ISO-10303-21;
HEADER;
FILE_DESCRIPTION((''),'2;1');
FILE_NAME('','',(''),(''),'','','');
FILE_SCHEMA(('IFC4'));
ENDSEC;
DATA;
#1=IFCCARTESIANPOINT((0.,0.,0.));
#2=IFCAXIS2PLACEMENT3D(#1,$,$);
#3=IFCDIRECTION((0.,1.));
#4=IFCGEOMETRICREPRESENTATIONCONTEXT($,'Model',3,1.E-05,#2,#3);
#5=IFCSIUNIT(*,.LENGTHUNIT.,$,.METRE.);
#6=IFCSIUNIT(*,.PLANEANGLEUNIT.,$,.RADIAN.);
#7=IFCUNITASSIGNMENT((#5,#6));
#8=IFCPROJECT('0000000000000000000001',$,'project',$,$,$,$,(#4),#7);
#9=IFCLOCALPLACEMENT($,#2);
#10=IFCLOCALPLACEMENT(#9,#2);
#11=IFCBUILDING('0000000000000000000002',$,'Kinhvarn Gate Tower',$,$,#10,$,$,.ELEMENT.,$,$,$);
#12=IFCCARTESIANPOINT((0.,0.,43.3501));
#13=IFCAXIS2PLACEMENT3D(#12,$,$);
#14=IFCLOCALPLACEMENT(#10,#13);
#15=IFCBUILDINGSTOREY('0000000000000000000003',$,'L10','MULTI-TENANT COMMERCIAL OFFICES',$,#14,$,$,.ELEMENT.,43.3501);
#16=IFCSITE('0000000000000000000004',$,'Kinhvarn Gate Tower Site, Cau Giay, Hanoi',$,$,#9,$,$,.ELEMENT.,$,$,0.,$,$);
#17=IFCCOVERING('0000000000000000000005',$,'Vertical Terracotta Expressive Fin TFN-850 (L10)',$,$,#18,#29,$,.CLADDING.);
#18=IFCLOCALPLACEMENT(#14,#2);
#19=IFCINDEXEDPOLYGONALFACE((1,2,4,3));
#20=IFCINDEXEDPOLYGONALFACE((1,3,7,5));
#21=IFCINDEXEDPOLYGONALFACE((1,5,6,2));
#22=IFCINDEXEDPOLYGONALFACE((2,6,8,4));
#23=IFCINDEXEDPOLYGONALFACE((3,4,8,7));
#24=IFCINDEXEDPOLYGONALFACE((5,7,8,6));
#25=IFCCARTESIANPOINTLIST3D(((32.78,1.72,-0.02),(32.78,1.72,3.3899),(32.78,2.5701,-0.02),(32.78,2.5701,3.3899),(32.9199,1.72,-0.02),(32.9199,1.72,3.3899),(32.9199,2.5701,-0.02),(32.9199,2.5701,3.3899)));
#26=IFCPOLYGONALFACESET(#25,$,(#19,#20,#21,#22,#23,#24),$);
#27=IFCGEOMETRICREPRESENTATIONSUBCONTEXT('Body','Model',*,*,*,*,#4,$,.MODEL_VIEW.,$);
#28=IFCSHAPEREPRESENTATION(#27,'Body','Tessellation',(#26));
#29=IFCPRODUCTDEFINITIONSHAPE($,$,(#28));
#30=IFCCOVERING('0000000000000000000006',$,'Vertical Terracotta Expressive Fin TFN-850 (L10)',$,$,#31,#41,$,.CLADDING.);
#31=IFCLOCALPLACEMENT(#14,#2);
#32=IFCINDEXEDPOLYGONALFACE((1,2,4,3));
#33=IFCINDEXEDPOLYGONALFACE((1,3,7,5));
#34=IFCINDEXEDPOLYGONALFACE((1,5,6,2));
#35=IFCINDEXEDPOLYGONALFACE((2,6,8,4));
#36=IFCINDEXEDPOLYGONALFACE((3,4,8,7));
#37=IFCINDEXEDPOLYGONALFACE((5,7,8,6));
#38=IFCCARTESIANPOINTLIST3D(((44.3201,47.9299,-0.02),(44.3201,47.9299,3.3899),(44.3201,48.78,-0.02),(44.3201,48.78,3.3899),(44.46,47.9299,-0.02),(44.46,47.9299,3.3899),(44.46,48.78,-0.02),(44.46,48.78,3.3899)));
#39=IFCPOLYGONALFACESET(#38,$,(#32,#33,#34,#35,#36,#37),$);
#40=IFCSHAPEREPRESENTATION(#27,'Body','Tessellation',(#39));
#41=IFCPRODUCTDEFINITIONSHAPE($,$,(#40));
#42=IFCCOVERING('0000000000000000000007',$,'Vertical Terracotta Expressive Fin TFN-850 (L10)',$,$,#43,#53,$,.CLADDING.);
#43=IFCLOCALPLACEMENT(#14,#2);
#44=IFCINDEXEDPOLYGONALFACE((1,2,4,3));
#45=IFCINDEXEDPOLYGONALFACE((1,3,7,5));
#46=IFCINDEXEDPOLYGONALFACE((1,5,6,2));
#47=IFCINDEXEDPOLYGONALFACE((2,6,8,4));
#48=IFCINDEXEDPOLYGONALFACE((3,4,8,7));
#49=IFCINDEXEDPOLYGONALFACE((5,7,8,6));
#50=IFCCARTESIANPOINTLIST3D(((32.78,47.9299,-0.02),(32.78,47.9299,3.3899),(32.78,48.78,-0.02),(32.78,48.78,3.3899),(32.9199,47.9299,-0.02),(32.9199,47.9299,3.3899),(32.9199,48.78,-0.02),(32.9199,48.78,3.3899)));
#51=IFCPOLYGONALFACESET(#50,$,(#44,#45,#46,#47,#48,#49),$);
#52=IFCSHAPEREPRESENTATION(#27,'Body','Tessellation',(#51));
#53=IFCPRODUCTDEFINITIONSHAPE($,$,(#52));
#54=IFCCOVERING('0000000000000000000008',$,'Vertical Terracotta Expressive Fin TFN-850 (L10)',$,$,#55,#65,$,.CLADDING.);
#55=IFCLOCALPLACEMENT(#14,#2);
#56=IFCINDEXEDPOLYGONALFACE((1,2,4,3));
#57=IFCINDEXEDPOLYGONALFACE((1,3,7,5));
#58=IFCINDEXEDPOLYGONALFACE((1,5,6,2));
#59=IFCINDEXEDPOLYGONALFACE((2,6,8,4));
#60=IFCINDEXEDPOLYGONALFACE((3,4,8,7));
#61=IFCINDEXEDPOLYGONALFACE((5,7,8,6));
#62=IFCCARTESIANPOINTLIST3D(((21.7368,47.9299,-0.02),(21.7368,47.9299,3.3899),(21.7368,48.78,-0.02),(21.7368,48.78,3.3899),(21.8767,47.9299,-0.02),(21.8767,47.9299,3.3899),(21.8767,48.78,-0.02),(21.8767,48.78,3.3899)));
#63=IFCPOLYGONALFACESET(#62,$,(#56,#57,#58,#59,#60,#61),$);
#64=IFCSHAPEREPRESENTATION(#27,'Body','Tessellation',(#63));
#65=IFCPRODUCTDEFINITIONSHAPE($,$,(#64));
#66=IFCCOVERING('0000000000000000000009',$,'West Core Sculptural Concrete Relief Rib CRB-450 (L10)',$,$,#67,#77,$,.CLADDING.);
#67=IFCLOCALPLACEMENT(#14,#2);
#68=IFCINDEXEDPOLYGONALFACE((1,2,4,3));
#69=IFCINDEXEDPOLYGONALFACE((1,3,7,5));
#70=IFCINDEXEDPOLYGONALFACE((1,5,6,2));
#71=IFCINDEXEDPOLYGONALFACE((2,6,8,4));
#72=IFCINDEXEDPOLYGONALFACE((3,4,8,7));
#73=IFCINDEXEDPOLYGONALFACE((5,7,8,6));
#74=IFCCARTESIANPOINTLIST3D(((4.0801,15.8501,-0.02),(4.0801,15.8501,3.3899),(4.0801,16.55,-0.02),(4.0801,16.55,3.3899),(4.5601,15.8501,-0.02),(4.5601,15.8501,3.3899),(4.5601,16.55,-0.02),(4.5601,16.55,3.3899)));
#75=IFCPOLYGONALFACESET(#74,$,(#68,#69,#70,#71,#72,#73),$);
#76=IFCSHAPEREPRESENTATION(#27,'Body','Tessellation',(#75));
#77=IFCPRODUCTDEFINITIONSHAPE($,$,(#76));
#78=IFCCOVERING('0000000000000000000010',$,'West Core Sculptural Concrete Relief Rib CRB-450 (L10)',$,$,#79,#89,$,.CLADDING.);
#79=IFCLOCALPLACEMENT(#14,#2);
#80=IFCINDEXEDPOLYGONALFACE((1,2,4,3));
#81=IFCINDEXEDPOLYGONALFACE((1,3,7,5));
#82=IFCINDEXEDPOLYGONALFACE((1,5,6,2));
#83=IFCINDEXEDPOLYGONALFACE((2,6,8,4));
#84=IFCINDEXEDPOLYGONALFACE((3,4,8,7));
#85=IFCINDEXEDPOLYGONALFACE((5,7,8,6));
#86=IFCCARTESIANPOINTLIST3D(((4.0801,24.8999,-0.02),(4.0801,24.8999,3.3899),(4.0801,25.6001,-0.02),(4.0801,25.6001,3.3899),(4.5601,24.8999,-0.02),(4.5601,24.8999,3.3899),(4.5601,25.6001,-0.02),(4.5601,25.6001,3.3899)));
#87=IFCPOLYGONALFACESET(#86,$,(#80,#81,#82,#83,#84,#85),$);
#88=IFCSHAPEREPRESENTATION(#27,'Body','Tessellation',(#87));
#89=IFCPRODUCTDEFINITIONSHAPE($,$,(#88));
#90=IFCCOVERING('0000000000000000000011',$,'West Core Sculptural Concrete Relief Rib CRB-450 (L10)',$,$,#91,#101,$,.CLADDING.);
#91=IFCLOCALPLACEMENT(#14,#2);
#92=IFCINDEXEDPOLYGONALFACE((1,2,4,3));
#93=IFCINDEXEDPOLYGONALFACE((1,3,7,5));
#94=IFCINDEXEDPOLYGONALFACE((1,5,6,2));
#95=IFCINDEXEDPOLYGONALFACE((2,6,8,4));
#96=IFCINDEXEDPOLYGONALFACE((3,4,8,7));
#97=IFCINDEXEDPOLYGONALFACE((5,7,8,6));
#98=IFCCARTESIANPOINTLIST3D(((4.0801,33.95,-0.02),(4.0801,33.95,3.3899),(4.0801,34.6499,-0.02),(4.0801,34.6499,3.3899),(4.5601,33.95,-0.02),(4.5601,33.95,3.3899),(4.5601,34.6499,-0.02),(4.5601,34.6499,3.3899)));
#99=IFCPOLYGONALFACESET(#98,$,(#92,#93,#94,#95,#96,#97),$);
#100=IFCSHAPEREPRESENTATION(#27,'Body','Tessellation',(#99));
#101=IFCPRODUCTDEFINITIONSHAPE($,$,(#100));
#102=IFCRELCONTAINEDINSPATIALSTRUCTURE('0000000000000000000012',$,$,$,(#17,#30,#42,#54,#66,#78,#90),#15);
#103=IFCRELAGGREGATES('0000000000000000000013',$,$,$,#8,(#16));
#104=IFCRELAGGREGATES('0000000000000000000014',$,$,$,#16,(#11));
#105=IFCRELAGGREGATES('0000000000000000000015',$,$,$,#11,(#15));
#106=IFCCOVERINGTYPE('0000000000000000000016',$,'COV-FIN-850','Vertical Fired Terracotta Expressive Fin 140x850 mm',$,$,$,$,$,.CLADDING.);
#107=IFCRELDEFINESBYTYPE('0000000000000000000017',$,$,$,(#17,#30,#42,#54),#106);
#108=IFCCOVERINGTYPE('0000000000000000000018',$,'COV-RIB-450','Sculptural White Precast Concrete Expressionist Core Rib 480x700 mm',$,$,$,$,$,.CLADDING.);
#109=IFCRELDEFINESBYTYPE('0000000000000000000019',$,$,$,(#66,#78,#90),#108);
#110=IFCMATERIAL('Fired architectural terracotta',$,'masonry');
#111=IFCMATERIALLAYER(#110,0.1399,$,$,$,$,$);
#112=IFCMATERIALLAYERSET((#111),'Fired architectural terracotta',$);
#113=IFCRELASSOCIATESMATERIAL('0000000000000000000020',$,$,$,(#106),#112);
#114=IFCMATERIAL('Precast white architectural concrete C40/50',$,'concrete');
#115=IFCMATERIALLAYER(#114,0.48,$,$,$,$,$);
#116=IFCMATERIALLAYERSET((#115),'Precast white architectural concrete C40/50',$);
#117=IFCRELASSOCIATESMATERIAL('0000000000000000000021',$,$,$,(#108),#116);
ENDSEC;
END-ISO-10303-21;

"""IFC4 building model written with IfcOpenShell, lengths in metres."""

from ifc_helpers import new_model, si_unit, direction, frame, origin, place, context, subcontext, project, spatial, polyline, outline, extrude, material, layer, layer_set, type_object, element, save


model = new_model("IFC4")

# Units and contexts
model_context = context("Model", 3, precision=1e-05, world=origin(), true_north=direction((0.0, 1.0)))
body_context = subcontext(model_context, "Body", "Model", "MODEL_VIEW")
ifc_project = project(units=[si_unit("LENGTHUNIT", "METRE"), si_unit("PLANEANGLEUNIT", "RADIAN")], contexts=[model_context])

# Site, building, storey
site_placement = place(None, origin())
site = spatial("IfcSite", under=ifc_project, at=site_placement, Name="Kinhvarn Gate Tower Site, Cau Giay, Hanoi", CompositionType="ELEMENT", RefElevation=0.0)
building_placement = place(site_placement, origin())
building = spatial("IfcBuilding", under=site, at=building_placement, Name="Kinhvarn Gate Tower", CompositionType="ELEMENT")
storey_placement = place(building_placement, frame((0.0, 0.0, 43.3501)))
storey = spatial("IfcBuildingStorey", under=building, at=storey_placement, Name="L10", Description="MULTI-TENANT COMMERCIAL OFFICES", CompositionType="ELEMENT", Elevation=43.3501)

# Shared definitions
ifc_material_1 = material(Name="Precast white architectural concrete C40/50", Category="concrete")

# Coverings
ifc_material_2 = material(Name="Fired architectural terracotta", Category="masonry")
ifc_layer_1 = layer(ifc_material_2, 0.1399)
ifc_layer_set_1 = layer_set([ifc_layer_1], Name="Fired architectural terracotta")
covering_type_1 = type_object("IfcCoveringType", Name="COV-FIN-850", Description="Vertical Fired Terracotta Expressive Fin 140x850 mm", PredefinedType="CLADDING", material=ifc_layer_set_1)
covering_1_placement = place(storey_placement, frame((0.0, 0.0, -0.02)))
element("IfcCovering", 1, at=covering_1_placement, inside=storey, type_object=covering_type_1, Name="Vertical Terracotta Expressive Fin TFN-850 (L10)", PredefinedType="CLADDING", context=body_context, shape_type="SweptSolid", body=[
    extrude(outline(polyline([(32.78, 2.5701), (32.9199, 2.5701), (32.9199, 1.72), (32.78, 1.72), (32.78, 2.5701)])), origin(), (0.0, 0.0, 1.0), 3.4099),
])
covering_2_placement = place(storey_placement, frame((0.0, 0.0, -0.02)))
element("IfcCovering", 2, at=covering_2_placement, inside=storey, type_object=covering_type_1, Name="Vertical Terracotta Expressive Fin TFN-850 (L10)", PredefinedType="CLADDING", context=body_context, shape_type="SweptSolid", body=[
    extrude(outline(polyline([(44.46, 47.9299), (44.3201, 47.9299), (44.3201, 48.78), (44.46, 48.78), (44.46, 47.9299)])), origin(), (0.0, 0.0, 1.0), 3.4099),
])
covering_3_placement = place(storey_placement, frame((0.0, 0.0, -0.02)))
element("IfcCovering", 3, at=covering_3_placement, inside=storey, type_object=covering_type_1, Name="Vertical Terracotta Expressive Fin TFN-850 (L10)", PredefinedType="CLADDING", context=body_context, shape_type="SweptSolid", body=[
    extrude(outline(polyline([(32.9199, 47.9299), (32.78, 47.9299), (32.78, 48.78), (32.9199, 48.78), (32.9199, 47.9299)])), origin(), (0.0, 0.0, 1.0), 3.4099),
])
covering_4_placement = place(storey_placement, frame((0.0, 0.0, -0.02)))
element("IfcCovering", 4, at=covering_4_placement, inside=storey, type_object=covering_type_1, Name="Vertical Terracotta Expressive Fin TFN-850 (L10)", PredefinedType="CLADDING", context=body_context, shape_type="SweptSolid", body=[
    extrude(outline(polyline([(21.8767, 47.9299), (21.7368, 47.9299), (21.7368, 48.78), (21.8767, 48.78), (21.8767, 47.9299)])), origin(), (0.0, 0.0, 1.0), 3.4099),
])
ifc_layer_2 = layer(ifc_material_1, 0.48)
ifc_layer_set_2 = layer_set([ifc_layer_2], Name="Precast white architectural concrete C40/50")
covering_type_2 = type_object("IfcCoveringType", Name="COV-RIB-450", Description="Sculptural White Precast Concrete Expressionist Core Rib 480x700 mm", PredefinedType="CLADDING", material=ifc_layer_set_2)
covering_5_placement = place(storey_placement, frame((0.0, 0.0, -0.02)))
element("IfcCovering", 5, at=covering_5_placement, inside=storey, type_object=covering_type_2, Name="West Core Sculptural Concrete Relief Rib CRB-450 (L10)", PredefinedType="CLADDING", context=body_context, shape_type="SweptSolid", body=[
    extrude(outline(polyline([(4.0801, 15.8501), (4.5601, 15.8501), (4.5601, 16.55), (4.0801, 16.55), (4.0801, 15.8501)])), origin(), (0.0, 0.0, 1.0), 3.4099),
])
covering_6_placement = place(storey_placement, frame((0.0, 0.0, -0.02)))
element("IfcCovering", 6, at=covering_6_placement, inside=storey, type_object=covering_type_2, Name="West Core Sculptural Concrete Relief Rib CRB-450 (L10)", PredefinedType="CLADDING", context=body_context, shape_type="SweptSolid", body=[
    extrude(outline(polyline([(4.0801, 24.8999), (4.5601, 24.8999), (4.5601, 25.6001), (4.0801, 25.6001), (4.0801, 24.8999)])), origin(), (0.0, 0.0, 1.0), 3.4099),
])
covering_7_placement = place(storey_placement, frame((0.0, 0.0, -0.02)))
element("IfcCovering", 7, at=covering_7_placement, inside=storey, type_object=covering_type_2, Name="West Core Sculptural Concrete Relief Rib CRB-450 (L10)", PredefinedType="CLADDING", context=body_context, shape_type="SweptSolid", body=[
    extrude(outline(polyline([(4.0801, 33.95), (4.5601, 33.95), (4.5601, 34.6499), (4.0801, 34.6499), (4.0801, 33.95)])), origin(), (0.0, 0.0, 1.0), 3.4099),
])

save(model, "model.ifc")
